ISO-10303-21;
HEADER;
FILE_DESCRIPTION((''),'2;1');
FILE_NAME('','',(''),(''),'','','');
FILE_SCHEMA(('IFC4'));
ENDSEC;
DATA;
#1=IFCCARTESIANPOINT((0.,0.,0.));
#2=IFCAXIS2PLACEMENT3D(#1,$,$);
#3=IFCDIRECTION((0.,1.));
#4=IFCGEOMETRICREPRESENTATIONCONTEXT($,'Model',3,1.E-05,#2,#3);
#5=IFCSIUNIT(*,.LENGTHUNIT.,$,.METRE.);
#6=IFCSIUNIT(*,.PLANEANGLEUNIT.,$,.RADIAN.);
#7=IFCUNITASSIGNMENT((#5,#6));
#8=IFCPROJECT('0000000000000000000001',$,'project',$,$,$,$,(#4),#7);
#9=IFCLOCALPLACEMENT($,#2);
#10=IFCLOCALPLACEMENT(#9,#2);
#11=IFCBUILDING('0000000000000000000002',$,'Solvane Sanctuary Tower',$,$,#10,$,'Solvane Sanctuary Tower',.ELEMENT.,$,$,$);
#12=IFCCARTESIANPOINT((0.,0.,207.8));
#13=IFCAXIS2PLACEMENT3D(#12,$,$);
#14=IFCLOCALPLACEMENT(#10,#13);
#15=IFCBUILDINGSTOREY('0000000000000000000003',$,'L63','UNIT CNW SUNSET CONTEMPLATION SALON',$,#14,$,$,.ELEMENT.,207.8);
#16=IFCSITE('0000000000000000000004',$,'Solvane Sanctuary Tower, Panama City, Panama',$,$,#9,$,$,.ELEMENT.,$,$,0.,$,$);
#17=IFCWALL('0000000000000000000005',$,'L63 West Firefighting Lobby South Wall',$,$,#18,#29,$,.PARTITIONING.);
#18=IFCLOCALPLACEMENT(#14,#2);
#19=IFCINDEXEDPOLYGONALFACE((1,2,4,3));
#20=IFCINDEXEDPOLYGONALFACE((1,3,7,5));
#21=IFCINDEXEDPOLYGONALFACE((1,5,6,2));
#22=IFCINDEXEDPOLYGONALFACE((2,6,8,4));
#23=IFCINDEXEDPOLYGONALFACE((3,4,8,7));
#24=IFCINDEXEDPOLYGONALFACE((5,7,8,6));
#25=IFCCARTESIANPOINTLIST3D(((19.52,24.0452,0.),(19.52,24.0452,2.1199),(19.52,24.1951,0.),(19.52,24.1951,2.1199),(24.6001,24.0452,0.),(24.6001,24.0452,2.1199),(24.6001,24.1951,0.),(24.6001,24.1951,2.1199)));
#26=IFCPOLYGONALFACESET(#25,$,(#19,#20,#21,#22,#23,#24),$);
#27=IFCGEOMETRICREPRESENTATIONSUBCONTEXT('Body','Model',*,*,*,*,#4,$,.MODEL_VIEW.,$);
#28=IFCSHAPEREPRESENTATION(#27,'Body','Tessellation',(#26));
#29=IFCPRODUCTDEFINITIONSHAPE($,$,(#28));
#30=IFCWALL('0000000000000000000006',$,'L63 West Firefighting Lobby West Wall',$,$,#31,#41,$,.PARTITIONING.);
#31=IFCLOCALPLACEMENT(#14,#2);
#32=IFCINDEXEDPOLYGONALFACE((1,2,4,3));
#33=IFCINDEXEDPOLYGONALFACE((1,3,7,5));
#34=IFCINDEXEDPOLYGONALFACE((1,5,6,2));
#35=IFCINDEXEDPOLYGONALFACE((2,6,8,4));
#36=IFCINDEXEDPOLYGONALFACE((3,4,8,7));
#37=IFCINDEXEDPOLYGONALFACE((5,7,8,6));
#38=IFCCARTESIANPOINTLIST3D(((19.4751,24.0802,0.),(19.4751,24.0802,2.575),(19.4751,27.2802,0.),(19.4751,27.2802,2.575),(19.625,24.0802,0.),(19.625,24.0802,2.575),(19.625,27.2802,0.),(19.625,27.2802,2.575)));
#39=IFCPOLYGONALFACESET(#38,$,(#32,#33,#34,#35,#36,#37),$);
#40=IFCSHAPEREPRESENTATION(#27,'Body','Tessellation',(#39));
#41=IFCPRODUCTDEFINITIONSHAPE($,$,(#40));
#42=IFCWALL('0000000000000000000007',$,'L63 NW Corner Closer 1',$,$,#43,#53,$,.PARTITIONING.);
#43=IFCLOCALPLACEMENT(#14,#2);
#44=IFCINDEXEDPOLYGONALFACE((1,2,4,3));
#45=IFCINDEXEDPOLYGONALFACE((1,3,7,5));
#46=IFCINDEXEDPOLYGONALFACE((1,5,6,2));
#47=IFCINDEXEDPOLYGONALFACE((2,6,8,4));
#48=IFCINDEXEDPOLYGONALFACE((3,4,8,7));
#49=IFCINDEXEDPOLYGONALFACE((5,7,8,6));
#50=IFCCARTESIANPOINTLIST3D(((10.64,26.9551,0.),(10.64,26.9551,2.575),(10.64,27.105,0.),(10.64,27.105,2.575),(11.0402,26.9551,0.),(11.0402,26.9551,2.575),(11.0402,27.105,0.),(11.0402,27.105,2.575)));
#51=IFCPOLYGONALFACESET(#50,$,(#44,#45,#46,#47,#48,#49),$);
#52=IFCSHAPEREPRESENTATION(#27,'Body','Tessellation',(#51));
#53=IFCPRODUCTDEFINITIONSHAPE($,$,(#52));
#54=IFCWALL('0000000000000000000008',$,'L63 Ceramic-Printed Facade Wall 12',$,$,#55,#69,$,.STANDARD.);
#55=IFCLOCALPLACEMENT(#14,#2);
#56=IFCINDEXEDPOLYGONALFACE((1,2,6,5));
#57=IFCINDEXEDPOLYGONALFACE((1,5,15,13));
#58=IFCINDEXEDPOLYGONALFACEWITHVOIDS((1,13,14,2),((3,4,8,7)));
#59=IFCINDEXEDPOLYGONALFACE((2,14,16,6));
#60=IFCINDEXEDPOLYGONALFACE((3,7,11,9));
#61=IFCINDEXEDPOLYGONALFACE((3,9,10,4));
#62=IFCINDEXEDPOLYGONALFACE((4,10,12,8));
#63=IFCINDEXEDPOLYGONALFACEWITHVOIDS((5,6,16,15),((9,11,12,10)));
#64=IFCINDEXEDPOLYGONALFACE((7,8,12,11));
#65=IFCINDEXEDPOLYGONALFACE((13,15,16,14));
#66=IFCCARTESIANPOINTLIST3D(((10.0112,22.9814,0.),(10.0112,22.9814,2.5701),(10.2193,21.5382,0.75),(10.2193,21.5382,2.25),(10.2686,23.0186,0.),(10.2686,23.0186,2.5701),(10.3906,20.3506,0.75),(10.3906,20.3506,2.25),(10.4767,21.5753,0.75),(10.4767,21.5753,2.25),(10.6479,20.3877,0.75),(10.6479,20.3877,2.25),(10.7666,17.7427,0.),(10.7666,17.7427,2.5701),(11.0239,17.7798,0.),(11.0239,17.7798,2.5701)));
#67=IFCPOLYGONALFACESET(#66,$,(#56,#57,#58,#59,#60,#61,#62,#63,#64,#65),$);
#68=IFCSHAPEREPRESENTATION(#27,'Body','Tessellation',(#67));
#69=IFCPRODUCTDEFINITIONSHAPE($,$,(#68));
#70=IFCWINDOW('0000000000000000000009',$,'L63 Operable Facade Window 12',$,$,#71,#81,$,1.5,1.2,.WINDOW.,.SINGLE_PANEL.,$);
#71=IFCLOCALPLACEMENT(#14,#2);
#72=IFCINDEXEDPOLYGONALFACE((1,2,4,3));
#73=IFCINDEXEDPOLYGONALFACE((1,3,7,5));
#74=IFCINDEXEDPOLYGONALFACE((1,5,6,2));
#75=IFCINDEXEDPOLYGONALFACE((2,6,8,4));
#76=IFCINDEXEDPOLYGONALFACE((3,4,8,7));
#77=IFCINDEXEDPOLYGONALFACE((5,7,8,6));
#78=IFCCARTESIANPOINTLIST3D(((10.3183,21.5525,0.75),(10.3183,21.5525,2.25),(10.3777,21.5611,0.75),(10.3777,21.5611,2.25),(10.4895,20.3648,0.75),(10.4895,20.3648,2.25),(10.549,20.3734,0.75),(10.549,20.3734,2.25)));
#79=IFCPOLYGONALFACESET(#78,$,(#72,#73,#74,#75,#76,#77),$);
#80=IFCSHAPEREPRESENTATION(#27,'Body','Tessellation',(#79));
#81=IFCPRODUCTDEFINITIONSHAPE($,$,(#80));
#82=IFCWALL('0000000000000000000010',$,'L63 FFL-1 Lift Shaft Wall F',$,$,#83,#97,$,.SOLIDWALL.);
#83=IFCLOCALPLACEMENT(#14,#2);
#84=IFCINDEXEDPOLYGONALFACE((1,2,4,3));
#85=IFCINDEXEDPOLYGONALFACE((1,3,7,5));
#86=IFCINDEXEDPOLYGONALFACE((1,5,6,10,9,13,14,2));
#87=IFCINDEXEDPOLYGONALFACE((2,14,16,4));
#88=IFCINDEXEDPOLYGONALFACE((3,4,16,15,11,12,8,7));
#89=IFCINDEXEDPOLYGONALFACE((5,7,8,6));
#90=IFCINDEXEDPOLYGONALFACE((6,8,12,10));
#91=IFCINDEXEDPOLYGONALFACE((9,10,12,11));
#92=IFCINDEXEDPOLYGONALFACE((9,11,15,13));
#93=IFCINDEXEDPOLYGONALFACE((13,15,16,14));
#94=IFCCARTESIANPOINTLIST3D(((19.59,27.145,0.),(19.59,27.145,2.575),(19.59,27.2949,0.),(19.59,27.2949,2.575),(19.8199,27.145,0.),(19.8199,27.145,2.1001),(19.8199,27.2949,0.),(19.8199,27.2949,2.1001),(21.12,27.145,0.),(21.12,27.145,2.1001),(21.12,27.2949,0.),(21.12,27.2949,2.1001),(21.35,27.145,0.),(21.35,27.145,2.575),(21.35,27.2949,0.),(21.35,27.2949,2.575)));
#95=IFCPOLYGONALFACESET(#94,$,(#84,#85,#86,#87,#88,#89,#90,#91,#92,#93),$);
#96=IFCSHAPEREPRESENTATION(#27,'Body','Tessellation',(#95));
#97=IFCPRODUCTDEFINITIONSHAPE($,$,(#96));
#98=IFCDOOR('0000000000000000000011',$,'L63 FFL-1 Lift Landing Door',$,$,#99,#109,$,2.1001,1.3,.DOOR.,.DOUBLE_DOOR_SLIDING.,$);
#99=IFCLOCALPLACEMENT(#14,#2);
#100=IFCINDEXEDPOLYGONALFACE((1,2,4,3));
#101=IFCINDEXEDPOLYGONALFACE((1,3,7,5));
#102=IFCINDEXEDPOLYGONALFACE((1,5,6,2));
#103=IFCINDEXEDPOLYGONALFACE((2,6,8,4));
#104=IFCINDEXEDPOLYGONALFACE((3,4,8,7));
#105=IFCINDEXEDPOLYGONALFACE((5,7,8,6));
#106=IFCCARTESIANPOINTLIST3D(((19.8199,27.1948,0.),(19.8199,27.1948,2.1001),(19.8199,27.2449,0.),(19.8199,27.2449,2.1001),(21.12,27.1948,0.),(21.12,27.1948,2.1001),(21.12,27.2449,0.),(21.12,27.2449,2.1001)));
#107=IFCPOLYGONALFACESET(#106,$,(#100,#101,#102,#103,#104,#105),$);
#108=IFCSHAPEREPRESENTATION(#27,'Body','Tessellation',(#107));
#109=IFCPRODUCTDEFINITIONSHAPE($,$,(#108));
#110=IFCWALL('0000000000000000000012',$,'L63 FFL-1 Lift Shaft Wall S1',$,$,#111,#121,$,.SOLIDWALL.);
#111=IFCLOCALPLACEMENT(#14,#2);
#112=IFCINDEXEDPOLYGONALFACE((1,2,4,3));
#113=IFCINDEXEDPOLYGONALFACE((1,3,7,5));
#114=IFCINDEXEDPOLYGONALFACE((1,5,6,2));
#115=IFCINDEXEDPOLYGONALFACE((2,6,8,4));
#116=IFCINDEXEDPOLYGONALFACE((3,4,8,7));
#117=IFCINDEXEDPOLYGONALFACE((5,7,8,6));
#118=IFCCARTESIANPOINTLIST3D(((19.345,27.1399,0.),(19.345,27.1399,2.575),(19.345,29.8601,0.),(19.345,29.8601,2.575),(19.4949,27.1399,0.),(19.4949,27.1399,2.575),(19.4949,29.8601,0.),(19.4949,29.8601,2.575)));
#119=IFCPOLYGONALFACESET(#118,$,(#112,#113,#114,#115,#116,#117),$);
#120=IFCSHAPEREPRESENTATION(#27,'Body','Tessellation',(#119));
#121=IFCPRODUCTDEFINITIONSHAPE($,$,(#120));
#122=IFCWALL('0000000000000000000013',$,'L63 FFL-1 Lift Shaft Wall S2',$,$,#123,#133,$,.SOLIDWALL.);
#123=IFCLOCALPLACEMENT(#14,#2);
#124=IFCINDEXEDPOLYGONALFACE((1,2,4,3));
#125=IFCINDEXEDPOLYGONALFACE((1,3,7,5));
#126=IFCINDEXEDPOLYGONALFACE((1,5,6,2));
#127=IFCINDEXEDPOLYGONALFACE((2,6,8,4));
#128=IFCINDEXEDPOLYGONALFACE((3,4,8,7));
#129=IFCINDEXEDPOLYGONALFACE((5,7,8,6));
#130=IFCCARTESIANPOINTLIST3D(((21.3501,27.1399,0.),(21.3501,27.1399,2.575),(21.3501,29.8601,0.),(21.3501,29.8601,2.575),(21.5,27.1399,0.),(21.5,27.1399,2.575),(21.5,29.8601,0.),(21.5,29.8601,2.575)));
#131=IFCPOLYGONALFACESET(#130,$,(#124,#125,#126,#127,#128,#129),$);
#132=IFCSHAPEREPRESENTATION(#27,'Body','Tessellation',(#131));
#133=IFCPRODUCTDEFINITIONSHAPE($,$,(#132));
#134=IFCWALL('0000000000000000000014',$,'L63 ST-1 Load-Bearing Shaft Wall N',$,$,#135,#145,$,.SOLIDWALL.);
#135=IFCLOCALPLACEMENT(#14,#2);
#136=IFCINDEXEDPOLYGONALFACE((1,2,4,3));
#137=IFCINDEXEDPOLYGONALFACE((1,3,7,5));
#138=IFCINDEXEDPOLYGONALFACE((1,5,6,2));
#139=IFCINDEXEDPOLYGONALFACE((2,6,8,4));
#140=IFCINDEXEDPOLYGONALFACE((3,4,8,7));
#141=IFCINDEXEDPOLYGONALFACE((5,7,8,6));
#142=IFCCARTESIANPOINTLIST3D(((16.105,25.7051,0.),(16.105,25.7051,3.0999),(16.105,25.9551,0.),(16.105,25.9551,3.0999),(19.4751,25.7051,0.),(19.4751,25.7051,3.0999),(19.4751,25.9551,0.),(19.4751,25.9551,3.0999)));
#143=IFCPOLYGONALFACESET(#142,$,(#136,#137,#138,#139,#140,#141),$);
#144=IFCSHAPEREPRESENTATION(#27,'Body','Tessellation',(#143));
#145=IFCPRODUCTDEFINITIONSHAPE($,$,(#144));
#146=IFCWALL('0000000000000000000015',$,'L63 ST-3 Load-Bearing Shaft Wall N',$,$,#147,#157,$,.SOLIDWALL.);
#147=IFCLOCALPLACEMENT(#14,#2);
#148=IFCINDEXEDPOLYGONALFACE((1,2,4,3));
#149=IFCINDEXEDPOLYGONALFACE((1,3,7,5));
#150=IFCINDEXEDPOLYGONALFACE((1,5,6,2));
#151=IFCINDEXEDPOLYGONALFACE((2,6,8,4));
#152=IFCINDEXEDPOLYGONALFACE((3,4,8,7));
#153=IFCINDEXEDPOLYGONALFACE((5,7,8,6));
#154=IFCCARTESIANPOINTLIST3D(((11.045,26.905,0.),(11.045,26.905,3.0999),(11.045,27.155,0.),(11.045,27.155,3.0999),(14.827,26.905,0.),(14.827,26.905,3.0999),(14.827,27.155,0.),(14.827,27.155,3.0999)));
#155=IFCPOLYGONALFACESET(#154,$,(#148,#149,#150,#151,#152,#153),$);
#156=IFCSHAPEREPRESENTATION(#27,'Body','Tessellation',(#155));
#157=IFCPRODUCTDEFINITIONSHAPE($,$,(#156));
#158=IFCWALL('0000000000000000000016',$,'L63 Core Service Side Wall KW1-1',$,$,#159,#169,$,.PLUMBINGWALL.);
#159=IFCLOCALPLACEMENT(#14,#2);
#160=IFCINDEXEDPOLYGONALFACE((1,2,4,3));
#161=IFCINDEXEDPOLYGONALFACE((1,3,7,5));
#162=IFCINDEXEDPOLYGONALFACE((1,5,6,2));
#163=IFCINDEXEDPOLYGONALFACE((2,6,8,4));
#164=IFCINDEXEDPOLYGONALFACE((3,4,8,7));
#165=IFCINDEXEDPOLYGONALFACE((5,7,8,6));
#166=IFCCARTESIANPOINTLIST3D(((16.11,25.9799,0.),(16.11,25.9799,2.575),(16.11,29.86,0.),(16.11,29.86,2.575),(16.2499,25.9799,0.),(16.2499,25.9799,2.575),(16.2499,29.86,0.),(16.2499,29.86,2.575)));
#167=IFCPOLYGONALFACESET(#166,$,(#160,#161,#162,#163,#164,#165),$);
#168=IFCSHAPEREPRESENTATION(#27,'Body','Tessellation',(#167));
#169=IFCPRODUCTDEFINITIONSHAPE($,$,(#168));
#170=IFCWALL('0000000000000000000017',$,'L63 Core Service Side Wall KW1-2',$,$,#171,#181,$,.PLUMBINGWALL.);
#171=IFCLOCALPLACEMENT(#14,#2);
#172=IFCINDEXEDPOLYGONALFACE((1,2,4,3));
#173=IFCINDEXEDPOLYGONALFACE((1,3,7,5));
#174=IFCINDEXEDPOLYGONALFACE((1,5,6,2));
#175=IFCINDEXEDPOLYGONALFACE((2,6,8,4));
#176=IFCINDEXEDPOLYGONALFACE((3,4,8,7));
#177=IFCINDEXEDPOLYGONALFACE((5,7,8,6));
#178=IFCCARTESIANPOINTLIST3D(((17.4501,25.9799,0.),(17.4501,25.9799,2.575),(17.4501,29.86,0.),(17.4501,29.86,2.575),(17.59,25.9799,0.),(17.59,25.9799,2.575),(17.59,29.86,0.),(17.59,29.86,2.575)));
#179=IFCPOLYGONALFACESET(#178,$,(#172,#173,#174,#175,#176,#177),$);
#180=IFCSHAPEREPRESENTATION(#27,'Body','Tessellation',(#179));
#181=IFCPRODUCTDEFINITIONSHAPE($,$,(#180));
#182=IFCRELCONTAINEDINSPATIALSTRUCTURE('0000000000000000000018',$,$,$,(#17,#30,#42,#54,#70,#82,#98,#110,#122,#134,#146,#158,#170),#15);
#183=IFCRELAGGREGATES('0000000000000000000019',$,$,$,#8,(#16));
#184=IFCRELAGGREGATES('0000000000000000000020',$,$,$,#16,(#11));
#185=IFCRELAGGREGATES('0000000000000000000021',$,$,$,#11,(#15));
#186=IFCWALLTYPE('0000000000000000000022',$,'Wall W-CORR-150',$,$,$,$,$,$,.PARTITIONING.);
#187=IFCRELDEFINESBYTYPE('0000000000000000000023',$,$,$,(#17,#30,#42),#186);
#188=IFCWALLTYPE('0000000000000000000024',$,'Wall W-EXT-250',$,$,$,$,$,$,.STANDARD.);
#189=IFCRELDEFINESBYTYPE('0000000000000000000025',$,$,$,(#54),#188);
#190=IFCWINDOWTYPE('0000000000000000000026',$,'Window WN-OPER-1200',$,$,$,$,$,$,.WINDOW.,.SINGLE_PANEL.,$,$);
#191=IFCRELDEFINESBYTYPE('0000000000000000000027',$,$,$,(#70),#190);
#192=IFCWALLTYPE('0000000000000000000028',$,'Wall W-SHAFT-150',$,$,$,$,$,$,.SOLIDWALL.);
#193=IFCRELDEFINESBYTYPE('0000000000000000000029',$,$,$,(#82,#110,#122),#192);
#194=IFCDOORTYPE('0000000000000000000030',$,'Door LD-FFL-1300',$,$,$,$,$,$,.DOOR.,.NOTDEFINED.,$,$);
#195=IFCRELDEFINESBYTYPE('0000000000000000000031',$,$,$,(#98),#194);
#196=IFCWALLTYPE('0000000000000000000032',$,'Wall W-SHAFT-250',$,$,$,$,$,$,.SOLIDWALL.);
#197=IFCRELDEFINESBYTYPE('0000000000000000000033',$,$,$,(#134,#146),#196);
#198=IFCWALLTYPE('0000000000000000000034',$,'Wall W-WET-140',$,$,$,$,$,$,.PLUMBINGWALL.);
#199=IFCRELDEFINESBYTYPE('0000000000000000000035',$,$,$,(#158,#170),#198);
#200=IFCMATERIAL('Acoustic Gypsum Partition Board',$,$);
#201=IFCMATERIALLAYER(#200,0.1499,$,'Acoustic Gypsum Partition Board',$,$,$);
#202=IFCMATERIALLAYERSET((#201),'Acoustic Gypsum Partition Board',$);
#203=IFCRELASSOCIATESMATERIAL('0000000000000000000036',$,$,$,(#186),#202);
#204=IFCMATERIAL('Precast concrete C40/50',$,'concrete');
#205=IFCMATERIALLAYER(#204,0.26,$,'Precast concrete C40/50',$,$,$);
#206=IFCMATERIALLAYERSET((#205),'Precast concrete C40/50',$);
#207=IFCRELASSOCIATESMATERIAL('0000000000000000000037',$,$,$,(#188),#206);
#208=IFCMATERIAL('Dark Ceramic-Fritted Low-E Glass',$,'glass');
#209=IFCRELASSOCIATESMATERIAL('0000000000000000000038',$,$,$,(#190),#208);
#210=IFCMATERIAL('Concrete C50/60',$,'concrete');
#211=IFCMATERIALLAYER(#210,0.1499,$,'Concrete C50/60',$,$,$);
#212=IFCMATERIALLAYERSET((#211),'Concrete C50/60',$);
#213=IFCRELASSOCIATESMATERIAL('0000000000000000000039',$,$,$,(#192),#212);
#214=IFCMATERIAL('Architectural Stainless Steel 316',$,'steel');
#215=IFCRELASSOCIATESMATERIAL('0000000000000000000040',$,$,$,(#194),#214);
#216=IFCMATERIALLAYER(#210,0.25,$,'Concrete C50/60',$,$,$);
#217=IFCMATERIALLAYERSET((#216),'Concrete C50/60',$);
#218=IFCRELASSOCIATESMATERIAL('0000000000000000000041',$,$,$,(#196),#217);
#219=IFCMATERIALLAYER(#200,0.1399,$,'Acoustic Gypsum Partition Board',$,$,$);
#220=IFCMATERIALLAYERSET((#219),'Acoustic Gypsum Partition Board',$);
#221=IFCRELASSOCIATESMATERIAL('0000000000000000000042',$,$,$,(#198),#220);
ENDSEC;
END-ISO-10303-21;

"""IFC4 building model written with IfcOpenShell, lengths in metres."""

from ifc_helpers import new_model, si_unit, direction, frame, frame_2d, origin, place, context, subcontext, project, spatial, rectangle, extrude, material, layer, layer_set, type_object, element, fill, save


model = new_model("IFC4")

# Units and contexts
model_context = context("Model", 3, precision=1e-05, world=origin(), true_north=direction((0.0, 1.0)))
body_context = subcontext(model_context, "Body", "Model", "MODEL_VIEW")
ifc_project = project(units=[si_unit("LENGTHUNIT", "METRE"), si_unit("PLANEANGLEUNIT", "RADIAN")], contexts=[model_context])

# Site, building, storey
site_placement = place(None, origin())
site = spatial("IfcSite", under=ifc_project, at=site_placement, Name="Solvane Sanctuary Tower, Panama City, Panama", CompositionType="ELEMENT", RefElevation=0.0)
building_placement = place(site_placement, origin())
building = spatial("IfcBuilding", under=site, at=building_placement, Name="Solvane Sanctuary Tower", LongName="Solvane Sanctuary Tower", CompositionType="ELEMENT")
storey_placement = place(building_placement, frame((0.0, 0.0, 207.8)))
storey = spatial("IfcBuildingStorey", under=building, at=storey_placement, Name="L63", Description="UNIT CNW SUNSET CONTEMPLATION SALON", CompositionType="ELEMENT", Elevation=207.8)

# Walls
ifc_material_1 = material(Name="Acoustic Gypsum Partition Board")
ifc_layer_1 = layer(ifc_material_1, 0.1499, Name="Acoustic Gypsum Partition Board")
ifc_layer_set_1 = layer_set([ifc_layer_1], Name="Acoustic Gypsum Partition Board")
wall_type_1 = type_object("IfcWallType", Name="Wall W-CORR-150", PredefinedType="PARTITIONING", material=ifc_layer_set_1)
wall_1_placement = place(storey_placement, frame((19.52, 24.1201, 0.0), z_axis=(0.0, 0.0, 1.0), x_axis=(1.0, 0.0, 0.0)))
element("IfcWall", 1, at=wall_1_placement, inside=storey, type_object=wall_type_1, Name="L63 West Firefighting Lobby South Wall", PredefinedType="PARTITIONING", context=body_context, shape_type="SweptSolid", body=[
    extrude(rectangle(XDim=5.0801, YDim=0.1499, at=frame_2d((2.54, 0.0))), origin(), (0.0, 0.0, 1.0), 2.1199),
])
wall_2_placement = place(storey_placement, frame((19.55, 24.0801, 0.0), z_axis=(0.0, 0.0, 1.0), x_axis=(0.0, 1.0, 0.0)))
element("IfcWall", 2, at=wall_2_placement, inside=storey, type_object=wall_type_1, Name="L63 West Firefighting Lobby West Wall", PredefinedType="PARTITIONING", context=body_context, shape_type="SweptSolid", body=[
    extrude(rectangle(XDim=3.2, YDim=0.1499, at=frame_2d((1.6001, 0.0))), origin(), (0.0, 0.0, 1.0), 2.575),
])
wall_3_placement = place(storey_placement, frame((10.6399, 27.03, 0.0), z_axis=(0.0, 0.0, 1.0), x_axis=(1.0, 0.0, 0.0)))
element("IfcWall", 3, at=wall_3_placement, inside=storey, type_object=wall_type_1, Name="L63 NW Corner Closer 1", PredefinedType="PARTITIONING", context=body_context, shape_type="SweptSolid", body=[
    extrude(rectangle(XDim=0.4001, YDim=0.1499, at=frame_2d((0.2002, 0.0))), origin(), (0.0, 0.0, 1.0), 2.575),
])

# Wall, opening, window
ifc_material_2 = material(Name="Precast concrete C40/50", Category="concrete")
ifc_layer_2 = layer(ifc_material_2, 0.26, Name="Precast concrete C40/50")
ifc_layer_set_2 = layer_set([ifc_layer_2], Name="Precast concrete C40/50")
wall_type_2 = type_object("IfcWallType", Name="Wall W-EXT-250", PredefinedType="STANDARD", material=ifc_layer_set_2)
wall_4_placement = place(storey_placement, frame((10.1399, 23.0, 0.0), z_axis=(0.0, 0.0, 1.0), x_axis=(0.142713, -0.989764, 0.0)))
wall_4 = element("IfcWall", 4, at=wall_4_placement, inside=storey, type_object=wall_type_2, Name="L63 Ceramic-Printed Facade Wall 12", PredefinedType="STANDARD", context=body_context, shape_type="SweptSolid", body=[
    extrude(rectangle(XDim=5.293, YDim=0.26, at=frame_2d((2.6465, 0.0))), origin(), (0.0, 0.0, 1.0), 2.5701),
])
opening_1_placement = place(wall_4_placement, frame((1.458, 0.0, 0.75)))
opening_1 = element("IfcOpeningElement", 5, at=opening_1_placement, cuts=wall_4, PredefinedType="OPENING", context=body_context, shape_type="SweptSolid", body=[
    extrude(rectangle(XDim=1.2, YDim=1.5, at=frame_2d((0.6001, 0.75))), frame((0.0, 0.1399, 0.0), z_axis=(0.0, -1.0, 0.0), x_axis=(1.0, 0.0, 0.0)), (0.0, 0.0, 1.0), 0.28),
])
ifc_material_3 = material(Name="Dark Ceramic-Fritted Low-E Glass", Category="glass")
window_type = type_object("IfcWindowType", Name="Window WN-OPER-1200", PartitioningType="SINGLE_PANEL", PredefinedType="WINDOW", material=ifc_material_3)
window_placement = place(opening_1_placement, origin())
window = element("IfcWindow", 6, at=window_placement, inside=storey, type_object=window_type, Name="L63 Operable Facade Window 12", OverallHeight=1.5, OverallWidth=1.2, PartitioningType="SINGLE_PANEL", PredefinedType="WINDOW", context=body_context, shape_type="SweptSolid", body=[
    extrude(rectangle(XDim=1.2, YDim=1.5, at=frame_2d((0.6001, 0.75))), frame((0.0, 0.03, 0.0), z_axis=(0.0, -1.0, 0.0), x_axis=(1.0, 0.0, 0.0)), (0.0, 0.0, 1.0), 0.0601),
])
fill(opening_1, window)

# Wall, opening, door
ifc_material_4 = material(Name="Concrete C50/60", Category="concrete")
ifc_layer_3 = layer(ifc_material_4, 0.1499, Name="Concrete C50/60")
ifc_layer_set_3 = layer_set([ifc_layer_3], Name="Concrete C50/60")
wall_type_3 = type_object("IfcWallType", Name="Wall W-SHAFT-150", PredefinedType="SOLIDWALL", material=ifc_layer_set_3)
wall_5_placement = place(storey_placement, frame((19.5901, 27.22, 0.0), z_axis=(0.0, 0.0, 1.0), x_axis=(1.0, 0.0, 0.0)))
wall_5 = element("IfcWall", 7, at=wall_5_placement, inside=storey, type_object=wall_type_3, Name="L63 FFL-1 Lift Shaft Wall F", PredefinedType="SOLIDWALL", context=body_context, shape_type="SweptSolid", body=[
    extrude(rectangle(XDim=1.76, YDim=0.1499, at=frame_2d((0.8799, 0.0))), origin(), (0.0, 0.0, 1.0), 2.575),
])
opening_2_placement = place(wall_5_placement, frame((0.23, 0.0, 0.0)))
opening_2 = element("IfcOpeningElement", 8, at=opening_2_placement, cuts=wall_5, PredefinedType="OPENING", context=body_context, shape_type="SweptSolid", body=[
    extrude(rectangle(XDim=1.3, YDim=2.1001, at=frame_2d((0.6499, 1.05))), frame((0.0, 0.085, 0.0), z_axis=(0.0, -1.0, 0.0), x_axis=(1.0, 0.0, 0.0)), (0.0, 0.0, 1.0), 0.1699),
])
ifc_material_5 = material(Name="Architectural Stainless Steel 316", Category="steel")
door_type = type_object("IfcDoorType", Name="Door LD-FFL-1300", OperationType="NOTDEFINED", PredefinedType="DOOR", material=ifc_material_5)
door_placement = place(opening_2_placement, origin())
door = element("IfcDoor", 9, at=door_placement, inside=storey, type_object=door_type, Name="L63 FFL-1 Lift Landing Door", OperationType="DOUBLE_DOOR_SLIDING", OverallHeight=2.1001, OverallWidth=1.3, PredefinedType="DOOR", context=body_context, shape_type="SweptSolid", body=[
    extrude(rectangle(XDim=1.3, YDim=2.1001, at=frame_2d((0.6499, 1.05))), frame((0.0, 0.0249, 0.0), z_axis=(0.0, -1.0, 0.0), x_axis=(1.0, 0.0, 0.0)), (0.0, 0.0, 1.0), 0.05),
])
fill(opening_2, door)

# Walls
for number, where, z_axis, x_axis, name in (
    (10, (19.4199, 27.1399, 0.0), (0.0, 0.0, 1.0), (0.0, 1.0, 0.0), "L63 FFL-1 Lift Shaft Wall S1"),
    (11, (21.425, 27.1399, 0.0), (0.0, 0.0, 1.0), (0.0, 1.0, 0.0), "L63 FFL-1 Lift Shaft Wall S2"),
):
    element("IfcWall", number, at=place(storey_placement, frame(where, z_axis=z_axis, x_axis=x_axis)), inside=storey, type_object=wall_type_3, Name=name, PredefinedType="SOLIDWALL", context=body_context, shape_type="SweptSolid", body=[
        extrude(rectangle(XDim=2.7202, YDim=0.1499, at=frame_2d((1.3601, 0.0))), origin(), (0.0, 0.0, 1.0), 2.575),
    ])
ifc_layer_4 = layer(ifc_material_4, 0.25, Name="Concrete C50/60")
ifc_layer_set_4 = layer_set([ifc_layer_4], Name="Concrete C50/60")
wall_type_4 = type_object("IfcWallType", Name="Wall W-SHAFT-250", PredefinedType="SOLIDWALL", material=ifc_layer_set_4)
wall_6_placement = place(storey_placement, frame((16.105, 25.8301, 0.0), z_axis=(0.0, 0.0, 1.0), x_axis=(1.0, 0.0, 0.0)))
element("IfcWall", 12, at=wall_6_placement, inside=storey, type_object=wall_type_4, Name="L63 ST-1 Load-Bearing Shaft Wall N", PredefinedType="SOLIDWALL", context=body_context, shape_type="SweptSolid", body=[
    extrude(rectangle(XDim=3.3701, YDim=0.25, at=frame_2d((1.6851, 0.0))), origin(), (0.0, 0.0, 1.0), 3.0999),
])
wall_7_placement = place(storey_placement, frame((11.0449, 27.03, 0.0), z_axis=(0.0, 0.0, 1.0), x_axis=(1.0, 0.0, 0.0)))
element("IfcWall", 13, at=wall_7_placement, inside=storey, type_object=wall_type_4, Name="L63 ST-3 Load-Bearing Shaft Wall N", PredefinedType="SOLIDWALL", context=body_context, shape_type="SweptSolid", body=[
    extrude(rectangle(XDim=3.782, YDim=0.25, at=frame_2d((1.8911, 0.0))), origin(), (0.0, 0.0, 1.0), 3.0999),
])
ifc_layer_5 = layer(ifc_material_1, 0.1399, Name="Acoustic Gypsum Partition Board")
ifc_layer_set_5 = layer_set([ifc_layer_5], Name="Acoustic Gypsum Partition Board")
wall_type_5 = type_object("IfcWallType", Name="Wall W-WET-140", PredefinedType="PLUMBINGWALL", material=ifc_layer_set_5)
for number, where, z_axis, x_axis, name in (
    (14, (16.1799, 25.98, 0.0), (0.0, 0.0, 1.0), (0.0, 1.0, 0.0), "L63 Core Service Side Wall KW1-1"),
    (15, (17.52, 25.98, 0.0), (0.0, 0.0, 1.0), (0.0, 1.0, 0.0), "L63 Core Service Side Wall KW1-2"),
):
    element("IfcWall", number, at=place(storey_placement, frame(where, z_axis=z_axis, x_axis=x_axis)), inside=storey, type_object=wall_type_5, Name=name, PredefinedType="PLUMBINGWALL", context=body_context, shape_type="SweptSolid", body=[
        extrude(rectangle(XDim=3.8801, YDim=0.1399, at=frame_2d((1.9399, 0.0))), origin(), (0.0, 0.0, 1.0), 2.575),
    ])

save(model, "model.ifc")
